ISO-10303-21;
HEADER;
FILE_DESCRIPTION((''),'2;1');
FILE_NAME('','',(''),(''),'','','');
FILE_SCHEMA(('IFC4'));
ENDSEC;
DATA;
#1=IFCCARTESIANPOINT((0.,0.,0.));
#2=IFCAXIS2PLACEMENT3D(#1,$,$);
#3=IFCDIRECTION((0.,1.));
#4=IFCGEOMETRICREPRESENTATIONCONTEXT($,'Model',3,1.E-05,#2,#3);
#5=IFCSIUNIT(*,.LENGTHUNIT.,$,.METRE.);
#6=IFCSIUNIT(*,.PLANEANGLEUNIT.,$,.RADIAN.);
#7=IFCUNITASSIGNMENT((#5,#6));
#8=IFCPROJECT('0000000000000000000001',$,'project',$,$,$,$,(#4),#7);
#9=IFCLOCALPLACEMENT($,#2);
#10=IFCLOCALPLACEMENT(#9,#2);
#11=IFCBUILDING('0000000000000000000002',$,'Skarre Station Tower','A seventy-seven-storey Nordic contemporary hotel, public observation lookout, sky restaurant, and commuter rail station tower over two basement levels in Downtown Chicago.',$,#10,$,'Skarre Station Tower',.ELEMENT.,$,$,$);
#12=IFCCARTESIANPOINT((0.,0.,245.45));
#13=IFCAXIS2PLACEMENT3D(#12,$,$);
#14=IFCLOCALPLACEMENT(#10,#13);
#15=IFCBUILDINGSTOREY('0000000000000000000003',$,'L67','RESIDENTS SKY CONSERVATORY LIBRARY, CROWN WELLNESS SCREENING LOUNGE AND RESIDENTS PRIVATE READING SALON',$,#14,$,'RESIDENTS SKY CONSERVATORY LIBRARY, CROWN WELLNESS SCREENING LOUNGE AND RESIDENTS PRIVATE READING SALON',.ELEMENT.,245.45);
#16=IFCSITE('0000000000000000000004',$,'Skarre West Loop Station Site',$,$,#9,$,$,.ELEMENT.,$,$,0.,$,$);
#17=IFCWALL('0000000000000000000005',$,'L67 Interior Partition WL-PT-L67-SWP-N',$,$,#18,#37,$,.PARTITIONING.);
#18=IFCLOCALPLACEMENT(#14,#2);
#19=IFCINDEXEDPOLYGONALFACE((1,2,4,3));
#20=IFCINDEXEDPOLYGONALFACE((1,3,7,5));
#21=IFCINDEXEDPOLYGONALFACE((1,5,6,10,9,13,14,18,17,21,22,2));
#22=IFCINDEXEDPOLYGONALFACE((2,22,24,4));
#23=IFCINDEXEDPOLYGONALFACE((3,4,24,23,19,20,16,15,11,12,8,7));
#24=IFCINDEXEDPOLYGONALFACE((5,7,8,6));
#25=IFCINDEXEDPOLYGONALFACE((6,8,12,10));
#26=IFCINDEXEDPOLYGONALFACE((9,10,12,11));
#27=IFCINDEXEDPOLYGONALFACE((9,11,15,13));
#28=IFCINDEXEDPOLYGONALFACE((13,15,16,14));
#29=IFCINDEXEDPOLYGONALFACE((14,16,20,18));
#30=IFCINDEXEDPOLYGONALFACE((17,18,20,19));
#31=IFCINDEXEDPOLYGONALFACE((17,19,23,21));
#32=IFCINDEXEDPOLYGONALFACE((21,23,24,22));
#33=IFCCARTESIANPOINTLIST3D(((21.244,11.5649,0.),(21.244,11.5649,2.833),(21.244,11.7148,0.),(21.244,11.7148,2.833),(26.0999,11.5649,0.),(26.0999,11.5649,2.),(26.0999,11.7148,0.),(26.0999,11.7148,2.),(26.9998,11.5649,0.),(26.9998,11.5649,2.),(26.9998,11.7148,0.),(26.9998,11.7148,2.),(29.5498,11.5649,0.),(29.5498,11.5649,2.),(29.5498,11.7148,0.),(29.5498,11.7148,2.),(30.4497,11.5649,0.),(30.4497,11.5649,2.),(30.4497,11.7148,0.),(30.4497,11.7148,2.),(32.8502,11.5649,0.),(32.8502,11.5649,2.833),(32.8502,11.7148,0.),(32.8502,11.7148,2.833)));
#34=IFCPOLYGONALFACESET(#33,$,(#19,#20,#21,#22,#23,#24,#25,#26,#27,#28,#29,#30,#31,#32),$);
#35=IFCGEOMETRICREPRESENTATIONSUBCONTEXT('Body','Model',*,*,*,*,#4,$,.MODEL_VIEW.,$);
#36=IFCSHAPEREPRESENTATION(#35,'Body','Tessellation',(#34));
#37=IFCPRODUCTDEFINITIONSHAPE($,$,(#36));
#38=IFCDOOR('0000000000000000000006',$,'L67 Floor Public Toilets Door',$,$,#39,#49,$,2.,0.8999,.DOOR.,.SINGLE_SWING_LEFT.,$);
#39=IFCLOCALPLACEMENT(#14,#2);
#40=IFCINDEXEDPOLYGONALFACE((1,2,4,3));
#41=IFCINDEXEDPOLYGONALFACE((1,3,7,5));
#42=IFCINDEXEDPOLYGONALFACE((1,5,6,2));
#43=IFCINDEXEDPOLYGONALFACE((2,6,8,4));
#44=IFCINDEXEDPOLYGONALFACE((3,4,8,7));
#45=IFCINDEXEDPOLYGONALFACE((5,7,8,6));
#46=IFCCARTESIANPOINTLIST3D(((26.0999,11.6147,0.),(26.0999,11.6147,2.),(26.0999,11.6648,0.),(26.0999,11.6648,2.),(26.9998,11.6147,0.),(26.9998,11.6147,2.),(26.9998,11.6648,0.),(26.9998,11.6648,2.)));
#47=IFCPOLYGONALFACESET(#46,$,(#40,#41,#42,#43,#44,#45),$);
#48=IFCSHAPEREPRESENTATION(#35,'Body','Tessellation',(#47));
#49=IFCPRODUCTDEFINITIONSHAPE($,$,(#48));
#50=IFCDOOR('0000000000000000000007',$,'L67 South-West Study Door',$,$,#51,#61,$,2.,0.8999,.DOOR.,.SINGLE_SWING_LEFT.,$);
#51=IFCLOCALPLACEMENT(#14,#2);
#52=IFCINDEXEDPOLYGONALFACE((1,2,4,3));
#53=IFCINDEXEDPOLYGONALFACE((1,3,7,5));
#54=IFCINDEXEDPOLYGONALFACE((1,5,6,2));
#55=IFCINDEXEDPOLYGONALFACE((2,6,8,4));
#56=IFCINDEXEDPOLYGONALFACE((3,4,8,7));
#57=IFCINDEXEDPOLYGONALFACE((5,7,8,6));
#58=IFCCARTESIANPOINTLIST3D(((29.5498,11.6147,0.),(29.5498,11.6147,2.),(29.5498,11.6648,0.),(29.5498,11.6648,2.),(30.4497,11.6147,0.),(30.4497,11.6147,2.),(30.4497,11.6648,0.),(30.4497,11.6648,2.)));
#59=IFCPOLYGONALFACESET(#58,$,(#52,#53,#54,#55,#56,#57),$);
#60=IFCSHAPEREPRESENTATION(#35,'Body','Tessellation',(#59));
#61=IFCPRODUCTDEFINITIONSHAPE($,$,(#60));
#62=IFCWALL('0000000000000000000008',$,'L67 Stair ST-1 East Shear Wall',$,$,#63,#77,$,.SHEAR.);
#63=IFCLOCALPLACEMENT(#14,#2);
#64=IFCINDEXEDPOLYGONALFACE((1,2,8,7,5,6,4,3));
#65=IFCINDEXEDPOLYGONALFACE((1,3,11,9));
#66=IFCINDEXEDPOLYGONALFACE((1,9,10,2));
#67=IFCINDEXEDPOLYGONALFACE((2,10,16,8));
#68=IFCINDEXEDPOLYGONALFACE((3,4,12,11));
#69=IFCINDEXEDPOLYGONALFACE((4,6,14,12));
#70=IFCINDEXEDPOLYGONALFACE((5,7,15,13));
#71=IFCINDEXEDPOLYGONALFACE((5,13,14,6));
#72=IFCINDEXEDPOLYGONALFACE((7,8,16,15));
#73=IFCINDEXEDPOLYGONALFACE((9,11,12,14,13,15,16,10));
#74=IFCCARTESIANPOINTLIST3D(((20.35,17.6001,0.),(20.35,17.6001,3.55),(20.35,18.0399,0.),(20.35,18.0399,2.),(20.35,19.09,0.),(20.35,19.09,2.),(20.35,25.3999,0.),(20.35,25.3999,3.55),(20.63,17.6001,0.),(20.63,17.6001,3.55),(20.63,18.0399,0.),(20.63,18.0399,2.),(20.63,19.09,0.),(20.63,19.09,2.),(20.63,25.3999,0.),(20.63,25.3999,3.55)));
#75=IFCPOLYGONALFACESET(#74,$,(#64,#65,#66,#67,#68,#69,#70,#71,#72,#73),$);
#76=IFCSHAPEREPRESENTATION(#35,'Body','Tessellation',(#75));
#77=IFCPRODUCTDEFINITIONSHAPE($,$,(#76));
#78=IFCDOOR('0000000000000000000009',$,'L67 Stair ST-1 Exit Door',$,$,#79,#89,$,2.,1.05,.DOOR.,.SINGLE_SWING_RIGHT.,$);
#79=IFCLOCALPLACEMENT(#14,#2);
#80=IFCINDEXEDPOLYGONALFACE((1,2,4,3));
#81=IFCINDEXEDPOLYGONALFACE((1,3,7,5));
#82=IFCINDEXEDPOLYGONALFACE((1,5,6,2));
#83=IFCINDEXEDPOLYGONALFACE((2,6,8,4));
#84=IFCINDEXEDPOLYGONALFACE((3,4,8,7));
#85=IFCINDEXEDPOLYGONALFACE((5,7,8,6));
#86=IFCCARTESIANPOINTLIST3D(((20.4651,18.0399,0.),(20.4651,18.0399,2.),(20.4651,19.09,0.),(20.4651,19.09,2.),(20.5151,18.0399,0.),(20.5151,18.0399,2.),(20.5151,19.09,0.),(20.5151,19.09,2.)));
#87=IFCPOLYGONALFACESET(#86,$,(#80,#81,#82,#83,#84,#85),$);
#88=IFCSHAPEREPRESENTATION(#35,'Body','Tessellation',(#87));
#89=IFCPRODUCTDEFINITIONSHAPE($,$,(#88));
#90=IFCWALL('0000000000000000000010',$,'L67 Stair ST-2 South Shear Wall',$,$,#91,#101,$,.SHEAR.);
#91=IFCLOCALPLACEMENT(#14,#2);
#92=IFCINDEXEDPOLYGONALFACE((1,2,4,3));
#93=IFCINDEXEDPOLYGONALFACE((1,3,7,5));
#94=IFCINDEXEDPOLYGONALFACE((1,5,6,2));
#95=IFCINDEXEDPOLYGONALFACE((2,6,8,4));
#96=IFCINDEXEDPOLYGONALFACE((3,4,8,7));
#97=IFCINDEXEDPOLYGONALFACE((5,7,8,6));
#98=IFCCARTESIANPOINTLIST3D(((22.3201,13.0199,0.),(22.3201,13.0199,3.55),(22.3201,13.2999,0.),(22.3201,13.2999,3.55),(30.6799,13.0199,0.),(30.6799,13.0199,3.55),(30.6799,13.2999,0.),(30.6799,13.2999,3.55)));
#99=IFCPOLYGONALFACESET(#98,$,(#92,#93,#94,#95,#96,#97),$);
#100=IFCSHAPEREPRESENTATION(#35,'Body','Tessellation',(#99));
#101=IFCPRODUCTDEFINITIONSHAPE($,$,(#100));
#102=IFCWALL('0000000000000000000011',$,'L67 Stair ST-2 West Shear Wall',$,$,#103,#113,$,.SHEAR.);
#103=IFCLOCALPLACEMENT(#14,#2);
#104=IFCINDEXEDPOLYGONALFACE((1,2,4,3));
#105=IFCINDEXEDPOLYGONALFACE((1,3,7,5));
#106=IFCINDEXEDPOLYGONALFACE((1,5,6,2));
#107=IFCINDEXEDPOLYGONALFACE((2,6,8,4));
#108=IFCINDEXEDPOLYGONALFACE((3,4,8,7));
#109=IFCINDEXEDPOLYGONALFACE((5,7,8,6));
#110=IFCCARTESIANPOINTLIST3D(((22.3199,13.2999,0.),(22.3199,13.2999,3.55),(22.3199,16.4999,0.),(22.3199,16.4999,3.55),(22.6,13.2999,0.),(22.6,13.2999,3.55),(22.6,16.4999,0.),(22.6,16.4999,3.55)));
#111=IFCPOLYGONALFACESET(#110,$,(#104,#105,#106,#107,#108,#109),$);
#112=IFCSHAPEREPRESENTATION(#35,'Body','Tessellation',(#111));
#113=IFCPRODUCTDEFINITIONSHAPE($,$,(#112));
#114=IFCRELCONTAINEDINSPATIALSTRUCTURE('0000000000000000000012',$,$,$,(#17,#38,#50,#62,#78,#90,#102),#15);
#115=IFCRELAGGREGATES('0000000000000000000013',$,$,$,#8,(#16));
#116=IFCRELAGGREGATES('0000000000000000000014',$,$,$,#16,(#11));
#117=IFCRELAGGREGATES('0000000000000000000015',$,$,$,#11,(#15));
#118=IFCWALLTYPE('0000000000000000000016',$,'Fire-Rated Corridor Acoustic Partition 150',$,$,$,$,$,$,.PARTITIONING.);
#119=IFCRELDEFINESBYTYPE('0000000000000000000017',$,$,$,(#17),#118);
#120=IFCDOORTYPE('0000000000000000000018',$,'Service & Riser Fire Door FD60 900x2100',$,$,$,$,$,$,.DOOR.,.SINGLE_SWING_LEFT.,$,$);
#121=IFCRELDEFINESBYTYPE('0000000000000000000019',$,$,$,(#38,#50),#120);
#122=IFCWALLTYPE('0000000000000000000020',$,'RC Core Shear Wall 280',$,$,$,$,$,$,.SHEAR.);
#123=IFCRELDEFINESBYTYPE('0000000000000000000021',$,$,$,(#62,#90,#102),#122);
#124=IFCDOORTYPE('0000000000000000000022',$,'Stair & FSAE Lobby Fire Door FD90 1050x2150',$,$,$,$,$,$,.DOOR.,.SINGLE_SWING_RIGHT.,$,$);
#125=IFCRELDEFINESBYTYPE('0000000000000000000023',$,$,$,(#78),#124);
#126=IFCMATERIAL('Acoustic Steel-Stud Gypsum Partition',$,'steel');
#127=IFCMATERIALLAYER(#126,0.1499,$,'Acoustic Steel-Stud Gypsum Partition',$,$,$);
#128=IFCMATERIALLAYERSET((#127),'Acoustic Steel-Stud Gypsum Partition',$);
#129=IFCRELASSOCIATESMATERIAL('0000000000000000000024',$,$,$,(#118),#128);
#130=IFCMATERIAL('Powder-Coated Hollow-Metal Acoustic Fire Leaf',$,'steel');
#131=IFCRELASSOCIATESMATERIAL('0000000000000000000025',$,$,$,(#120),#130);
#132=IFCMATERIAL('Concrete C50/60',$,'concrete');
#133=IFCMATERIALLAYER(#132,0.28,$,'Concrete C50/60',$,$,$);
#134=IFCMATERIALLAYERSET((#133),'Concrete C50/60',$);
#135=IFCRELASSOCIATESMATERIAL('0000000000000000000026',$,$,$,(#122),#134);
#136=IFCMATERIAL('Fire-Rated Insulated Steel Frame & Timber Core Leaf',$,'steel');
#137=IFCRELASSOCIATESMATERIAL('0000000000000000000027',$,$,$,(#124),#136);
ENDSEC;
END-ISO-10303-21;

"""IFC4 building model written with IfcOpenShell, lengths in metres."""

from ifc_helpers import new_model, si_unit, direction, frame, frame_2d, origin, place, context, subcontext, project, spatial, rectangle, extrude, material, layer, layer_set, type_object, element, fill, save


model = new_model("IFC4")

# Units and contexts
model_context = context("Model", 3, precision=1e-05, world=origin(), true_north=direction((0.0, 1.0)))
body_context = subcontext(model_context, "Body", "Model", "MODEL_VIEW")
ifc_project = project(units=[si_unit("LENGTHUNIT", "METRE"), si_unit("PLANEANGLEUNIT", "RADIAN")], contexts=[model_context])

# Site, building, storey
site_placement = place(None, origin())
site = spatial("IfcSite", under=ifc_project, at=site_placement, Name="Skarre West Loop Station Site", CompositionType="ELEMENT", RefElevation=0.0)
building_placement = place(site_placement, origin())
building = spatial("IfcBuilding", under=site, at=building_placement, Name="Skarre Station Tower", Description="A seventy-seven-storey Nordic contemporary hotel, public observation lookout, sky restaurant, and commuter rail station tower over two basement levels in Downtown Chicago.", LongName="Skarre Station Tower", CompositionType="ELEMENT")
storey_placement = place(building_placement, frame((0.0, 0.0, 245.45)))
storey = spatial("IfcBuildingStorey", under=building, at=storey_placement, Name="L67", Description="RESIDENTS SKY CONSERVATORY LIBRARY, CROWN WELLNESS SCREENING LOUNGE AND RESIDENTS PRIVATE READING SALON", LongName="RESIDENTS SKY CONSERVATORY LIBRARY, CROWN WELLNESS SCREENING LOUNGE AND RESIDENTS PRIVATE READING SALON", CompositionType="ELEMENT", Elevation=245.45)

# Shared definitions
ifc_material_1 = material(Name="Concrete C50/60", Category="concrete")

# Shared definitions
ifc_material_2 = material(Name="Acoustic Steel-Stud Gypsum Partition", Category="steel")
ifc_layer_1 = layer(ifc_material_2, 0.1499, Name="Acoustic Steel-Stud Gypsum Partition")
ifc_layer_set_1 = layer_set([ifc_layer_1], Name="Acoustic Steel-Stud Gypsum Partition")
wall_type_1 = type_object("IfcWallType", Name="Fire-Rated Corridor Acoustic Partition 150", PredefinedType="PARTITIONING", material=ifc_layer_set_1)

# Shared definitions
ifc_material_3 = material(Name="Powder-Coated Hollow-Metal Acoustic Fire Leaf", Category="steel")

# Wall, openings, doors
wall_1_placement = place(storey_placement, frame((21.2439, 11.6399, 0.0), z_axis=(0.0, 0.0, 1.0), x_axis=(1.0, 0.0, 0.0)))
wall_1 = element("IfcWall", 1, at=wall_1_placement, inside=storey, type_object=wall_type_1, Name="L67 Interior Partition WL-PT-L67-SWP-N", PredefinedType="PARTITIONING", context=body_context, shape_type="SweptSolid", body=[
    extrude(rectangle(XDim=11.6062, YDim=0.1499, at=frame_2d((5.8032, 0.0))), origin(), (0.0, 0.0, 1.0), 2.833),
])
opening_1_placement = place(wall_1_placement, frame((4.856, 0.0, 0.0)))
opening_1 = element("IfcOpeningElement", 2, at=opening_1_placement, cuts=wall_1, PredefinedType="OPENING", context=body_context, shape_type="SweptSolid", body=[
    extrude(rectangle(XDim=0.8999, YDim=2.0, at=frame_2d((0.45, 1.0))), frame((0.0, 0.085, 0.0), z_axis=(0.0, -1.0, 0.0), x_axis=(1.0, 0.0, 0.0)), (0.0, 0.0, 1.0), 0.1699),
])
opening_2_placement = place(wall_1_placement, frame((8.3059, 0.0, 0.0)))
opening_2 = element("IfcOpeningElement", 3, at=opening_2_placement, cuts=wall_1, PredefinedType="OPENING", context=body_context, shape_type="SweptSolid", body=[
    extrude(rectangle(XDim=0.8999, YDim=2.0, at=frame_2d((0.45, 1.0))), frame((0.0, 0.085, 0.0), z_axis=(0.0, -1.0, 0.0), x_axis=(1.0, 0.0, 0.0)), (0.0, 0.0, 1.0), 0.1699),
])
door_type_1 = type_object("IfcDoorType", Name="Service & Riser Fire Door FD60 900x2100", OperationType="SINGLE_SWING_LEFT", PredefinedType="DOOR", material=ifc_material_3)
door_1_placement = place(opening_1_placement, origin())
door_1 = element("IfcDoor", 4, at=door_1_placement, inside=storey, type_object=door_type_1, Name="L67 Floor Public Toilets Door", OperationType="SINGLE_SWING_LEFT", OverallHeight=2.0, OverallWidth=0.8999, PredefinedType="DOOR", context=body_context, shape_type="SweptSolid", body=[
    extrude(rectangle(XDim=0.8999, YDim=2.0, at=frame_2d((0.45, 1.0))), frame((0.0, 0.0249, 0.0), z_axis=(0.0, -1.0, 0.0), x_axis=(1.0, 0.0, 0.0)), (0.0, 0.0, 1.0), 0.05),
])
fill(opening_1, door_1)
door_2_placement = place(opening_2_placement, origin())
door_2 = element("IfcDoor", 5, at=door_2_placement, inside=storey, type_object=door_type_1, Name="L67 South-West Study Door", OperationType="SINGLE_SWING_LEFT", OverallHeight=2.0, OverallWidth=0.8999, PredefinedType="DOOR", context=body_context, shape_type="SweptSolid", body=[
    extrude(rectangle(XDim=0.8999, YDim=2.0, at=frame_2d((0.45, 1.0))), frame((0.0, 0.0249, 0.0), z_axis=(0.0, -1.0, 0.0), x_axis=(1.0, 0.0, 0.0)), (0.0, 0.0, 1.0), 0.05),
])
fill(opening_2, door_2)

# Wall, opening, door
ifc_layer_2 = layer(ifc_material_1, 0.28, Name="Concrete C50/60")
ifc_layer_set_2 = layer_set([ifc_layer_2], Name="Concrete C50/60")
wall_type_2 = type_object("IfcWallType", Name="RC Core Shear Wall 280", PredefinedType="SHEAR", material=ifc_layer_set_2)
wall_2_placement = place(storey_placement, frame((20.49, 17.6001, 0.0), z_axis=(0.0, 0.0, 1.0), x_axis=(0.0, 1.0, 0.0)))
wall_2 = element("IfcWall", 6, at=wall_2_placement, inside=storey, type_object=wall_type_2, Name="L67 Stair ST-1 East Shear Wall", PredefinedType="SHEAR", context=body_context, shape_type="SweptSolid", body=[
    extrude(rectangle(XDim=7.7998, YDim=0.28, at=frame_2d((3.8999, 0.0))), origin(), (0.0, 0.0, 1.0), 3.55),
])
opening_3_placement = place(wall_2_placement, frame((0.4399, 0.0, 0.0)))
opening_3 = element("IfcOpeningElement", 7, at=opening_3_placement, cuts=wall_2, PredefinedType="OPENING", context=body_context, shape_type="SweptSolid", body=[
    extrude(rectangle(XDim=1.05, YDim=2.0, at=frame_2d((0.5249, 1.0))), frame((0.0, 0.1499, 0.0), z_axis=(0.0, -1.0, 0.0), x_axis=(1.0, 0.0, 0.0)), (0.0, 0.0, 1.0), 0.3),
])
ifc_material_4 = material(Name="Fire-Rated Insulated Steel Frame & Timber Core Leaf", Category="steel")
door_type_2 = type_object("IfcDoorType", Name="Stair & FSAE Lobby Fire Door FD90 1050x2150", OperationType="SINGLE_SWING_RIGHT", PredefinedType="DOOR", material=ifc_material_4)
door_3_placement = place(opening_3_placement, origin())
door_3 = element("IfcDoor", 8, at=door_3_placement, inside=storey, type_object=door_type_2, Name="L67 Stair ST-1 Exit Door", OperationType="SINGLE_SWING_RIGHT", OverallHeight=2.0, OverallWidth=1.05, PredefinedType="DOOR", context=body_context, shape_type="SweptSolid", body=[
    extrude(rectangle(XDim=1.05, YDim=2.0, at=frame_2d((0.5249, 1.0))), frame((0.0, 0.0249, 0.0), z_axis=(0.0, -1.0, 0.0), x_axis=(1.0, 0.0, 0.0)), (0.0, 0.0, 1.0), 0.05),
])
fill(opening_3, door_3)

# Walls
wall_3_placement = place(storey_placement, frame((22.3201, 13.1599, 0.0), z_axis=(0.0, 0.0, 1.0), x_axis=(1.0, 0.0, 0.0)))
element("IfcWall", 9, at=wall_3_placement, inside=storey, type_object=wall_type_2, Name="L67 Stair ST-2 South Shear Wall", PredefinedType="SHEAR", context=body_context, shape_type="SweptSolid", body=[
    extrude(rectangle(XDim=8.3599, YDim=0.28, at=frame_2d((4.1799, 0.0))), origin(), (0.0, 0.0, 1.0), 3.55),
])
wall_4_placement = place(storey_placement, frame((22.46, 16.5, 0.0), z_axis=(0.0, 0.0, 1.0), x_axis=(0.0, -1.0, 0.0)))
element("IfcWall", 10, at=wall_4_placement, inside=storey, type_object=wall_type_2, Name="L67 Stair ST-2 West Shear Wall", PredefinedType="SHEAR", context=body_context, shape_type="SweptSolid", body=[
    extrude(rectangle(XDim=3.2, YDim=0.28, at=frame_2d((1.6001, 0.0))), origin(), (0.0, 0.0, 1.0), 3.55),
])

save(model, "model.ifc")
